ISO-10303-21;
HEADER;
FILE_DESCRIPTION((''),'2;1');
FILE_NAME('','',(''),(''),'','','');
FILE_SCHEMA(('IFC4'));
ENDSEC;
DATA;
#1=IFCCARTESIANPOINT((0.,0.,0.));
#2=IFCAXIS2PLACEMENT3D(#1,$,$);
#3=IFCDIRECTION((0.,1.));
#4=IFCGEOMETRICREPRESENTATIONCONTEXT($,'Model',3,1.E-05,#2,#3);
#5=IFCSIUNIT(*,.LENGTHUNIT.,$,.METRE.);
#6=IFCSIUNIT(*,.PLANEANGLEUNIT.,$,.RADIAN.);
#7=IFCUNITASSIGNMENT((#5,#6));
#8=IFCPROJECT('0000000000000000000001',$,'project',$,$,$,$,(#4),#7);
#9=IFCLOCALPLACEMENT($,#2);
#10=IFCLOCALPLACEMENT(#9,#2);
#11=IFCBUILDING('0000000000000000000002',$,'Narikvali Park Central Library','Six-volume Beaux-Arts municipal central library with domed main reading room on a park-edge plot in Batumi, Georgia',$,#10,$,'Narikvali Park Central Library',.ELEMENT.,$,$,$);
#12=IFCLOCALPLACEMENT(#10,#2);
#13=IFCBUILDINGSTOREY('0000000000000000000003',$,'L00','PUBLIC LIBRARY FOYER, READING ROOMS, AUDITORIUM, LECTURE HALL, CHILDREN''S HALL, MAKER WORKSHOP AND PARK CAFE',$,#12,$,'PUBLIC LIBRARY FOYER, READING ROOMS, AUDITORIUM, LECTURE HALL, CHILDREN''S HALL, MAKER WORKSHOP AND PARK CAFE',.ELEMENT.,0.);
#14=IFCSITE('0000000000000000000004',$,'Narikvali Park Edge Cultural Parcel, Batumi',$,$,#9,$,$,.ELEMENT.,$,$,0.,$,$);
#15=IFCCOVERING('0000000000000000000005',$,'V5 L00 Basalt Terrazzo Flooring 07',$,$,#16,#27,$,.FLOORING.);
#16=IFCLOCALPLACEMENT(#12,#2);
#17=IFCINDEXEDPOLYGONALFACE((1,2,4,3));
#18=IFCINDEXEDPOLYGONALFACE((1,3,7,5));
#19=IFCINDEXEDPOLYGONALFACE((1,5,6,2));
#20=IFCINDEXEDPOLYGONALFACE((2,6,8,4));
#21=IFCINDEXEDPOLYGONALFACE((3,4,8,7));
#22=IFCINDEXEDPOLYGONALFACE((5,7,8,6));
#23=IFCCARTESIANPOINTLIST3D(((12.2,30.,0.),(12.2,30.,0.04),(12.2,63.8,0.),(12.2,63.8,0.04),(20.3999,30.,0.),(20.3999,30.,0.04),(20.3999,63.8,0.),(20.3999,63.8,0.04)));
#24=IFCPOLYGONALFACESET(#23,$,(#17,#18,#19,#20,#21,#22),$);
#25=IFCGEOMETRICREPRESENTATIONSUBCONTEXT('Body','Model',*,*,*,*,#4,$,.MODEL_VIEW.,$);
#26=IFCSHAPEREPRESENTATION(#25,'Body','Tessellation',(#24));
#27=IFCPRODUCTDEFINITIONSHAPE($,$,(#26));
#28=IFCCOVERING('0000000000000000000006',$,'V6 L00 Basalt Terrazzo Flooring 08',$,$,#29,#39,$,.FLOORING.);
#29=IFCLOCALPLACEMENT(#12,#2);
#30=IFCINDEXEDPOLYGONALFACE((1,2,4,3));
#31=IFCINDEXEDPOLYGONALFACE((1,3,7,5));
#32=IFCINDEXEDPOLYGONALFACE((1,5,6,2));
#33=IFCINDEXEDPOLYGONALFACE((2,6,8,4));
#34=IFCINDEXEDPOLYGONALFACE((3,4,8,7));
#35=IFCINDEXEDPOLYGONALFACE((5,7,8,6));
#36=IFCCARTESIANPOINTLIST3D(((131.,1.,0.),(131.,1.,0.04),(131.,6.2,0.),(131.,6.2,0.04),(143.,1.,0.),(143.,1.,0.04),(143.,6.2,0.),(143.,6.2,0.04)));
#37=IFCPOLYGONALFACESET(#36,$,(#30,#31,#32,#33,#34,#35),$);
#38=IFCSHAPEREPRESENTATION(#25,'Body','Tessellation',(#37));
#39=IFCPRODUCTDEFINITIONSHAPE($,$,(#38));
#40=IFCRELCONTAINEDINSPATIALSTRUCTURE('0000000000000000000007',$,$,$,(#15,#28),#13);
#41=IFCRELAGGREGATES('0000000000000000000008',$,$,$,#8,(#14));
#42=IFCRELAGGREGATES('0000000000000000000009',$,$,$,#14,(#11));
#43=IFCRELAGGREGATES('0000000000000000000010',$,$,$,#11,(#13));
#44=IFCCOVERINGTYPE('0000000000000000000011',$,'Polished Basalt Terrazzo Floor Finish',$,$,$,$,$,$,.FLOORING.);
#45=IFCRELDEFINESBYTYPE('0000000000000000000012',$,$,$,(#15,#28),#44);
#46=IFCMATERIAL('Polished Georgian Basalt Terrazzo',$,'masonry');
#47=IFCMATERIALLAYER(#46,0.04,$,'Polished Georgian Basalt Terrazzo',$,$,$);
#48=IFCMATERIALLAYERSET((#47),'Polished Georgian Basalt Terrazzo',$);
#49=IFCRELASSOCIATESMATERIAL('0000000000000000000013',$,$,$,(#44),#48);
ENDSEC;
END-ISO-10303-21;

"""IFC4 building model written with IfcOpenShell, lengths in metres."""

from ifc_helpers import new_model, si_unit, direction, origin, place, context, subcontext, project, spatial, polyline, outline, extrude, material, layer, layer_set, type_object, element, save


model = new_model("IFC4")

# Units and contexts
model_context = context("Model", 3, precision=1e-05, world=origin(), true_north=direction((0.0, 1.0)))
body_context = subcontext(model_context, "Body", "Model", "MODEL_VIEW")
ifc_project = project(units=[si_unit("LENGTHUNIT", "METRE"), si_unit("PLANEANGLEUNIT", "RADIAN")], contexts=[model_context])

# Site, building, storey
site_placement = place(None, origin())
site = spatial("IfcSite", under=ifc_project, at=site_placement, Name="Narikvali Park Edge Cultural Parcel, Batumi", CompositionType="ELEMENT", RefElevation=0.0)
building_placement = place(site_placement, origin())
building = spatial("IfcBuilding", under=site, at=building_placement, Name="Narikvali Park Central Library", Description="Six-volume Beaux-Arts municipal central library with domed main reading room on a park-edge plot in Batumi, Georgia", LongName="Narikvali Park Central Library", CompositionType="ELEMENT")
storey_placement = place(building_placement, origin())
storey = spatial("IfcBuildingStorey", under=building, at=storey_placement, Name="L00", Description="PUBLIC LIBRARY FOYER, READING ROOMS, AUDITORIUM, LECTURE HALL, CHILDREN'S HALL, MAKER WORKSHOP AND PARK CAFE", LongName="PUBLIC LIBRARY FOYER, READING ROOMS, AUDITORIUM, LECTURE HALL, CHILDREN'S HALL, MAKER WORKSHOP AND PARK CAFE", CompositionType="ELEMENT", Elevation=0.0)

# Coverings
ifc_material_1 = material(Name="Polished Georgian Basalt Terrazzo", Category="masonry")
ifc_layer_1 = layer(ifc_material_1, 0.04, Name="Polished Georgian Basalt Terrazzo")
ifc_layer_set_1 = layer_set([ifc_layer_1], Name="Polished Georgian Basalt Terrazzo")
covering_type_1 = type_object("IfcCoveringType", Name="Polished Basalt Terrazzo Floor Finish", PredefinedType="FLOORING", material=ifc_layer_set_1)
covering_1_placement = place(storey_placement, origin())
element("IfcCovering", 1, at=covering_1_placement, inside=storey, type_object=covering_type_1, Name="V5 L00 Basalt Terrazzo Flooring 07", PredefinedType="FLOORING", context=body_context, shape_type="SweptSolid", body=[
    extrude(outline(polyline([(12.2, 30.0), (20.3999, 30.0), (20.3999, 63.8), (12.2, 63.8), (12.2, 30.0)])), origin(), (0.0, 0.0, 1.0), 0.04),
])
covering_2_placement = place(storey_placement, origin())
element("IfcCovering", 2, at=covering_2_placement, inside=storey, type_object=covering_type_1, Name="V6 L00 Basalt Terrazzo Flooring 08", PredefinedType="FLOORING", context=body_context, shape_type="SweptSolid", body=[
    extrude(outline(polyline([(131.0, 1.0), (143.0, 1.0), (143.0, 6.2), (131.0, 6.2), (131.0, 1.0)])), origin(), (0.0, 0.0, 1.0), 0.04),
])

save(model, "model.ifc")
